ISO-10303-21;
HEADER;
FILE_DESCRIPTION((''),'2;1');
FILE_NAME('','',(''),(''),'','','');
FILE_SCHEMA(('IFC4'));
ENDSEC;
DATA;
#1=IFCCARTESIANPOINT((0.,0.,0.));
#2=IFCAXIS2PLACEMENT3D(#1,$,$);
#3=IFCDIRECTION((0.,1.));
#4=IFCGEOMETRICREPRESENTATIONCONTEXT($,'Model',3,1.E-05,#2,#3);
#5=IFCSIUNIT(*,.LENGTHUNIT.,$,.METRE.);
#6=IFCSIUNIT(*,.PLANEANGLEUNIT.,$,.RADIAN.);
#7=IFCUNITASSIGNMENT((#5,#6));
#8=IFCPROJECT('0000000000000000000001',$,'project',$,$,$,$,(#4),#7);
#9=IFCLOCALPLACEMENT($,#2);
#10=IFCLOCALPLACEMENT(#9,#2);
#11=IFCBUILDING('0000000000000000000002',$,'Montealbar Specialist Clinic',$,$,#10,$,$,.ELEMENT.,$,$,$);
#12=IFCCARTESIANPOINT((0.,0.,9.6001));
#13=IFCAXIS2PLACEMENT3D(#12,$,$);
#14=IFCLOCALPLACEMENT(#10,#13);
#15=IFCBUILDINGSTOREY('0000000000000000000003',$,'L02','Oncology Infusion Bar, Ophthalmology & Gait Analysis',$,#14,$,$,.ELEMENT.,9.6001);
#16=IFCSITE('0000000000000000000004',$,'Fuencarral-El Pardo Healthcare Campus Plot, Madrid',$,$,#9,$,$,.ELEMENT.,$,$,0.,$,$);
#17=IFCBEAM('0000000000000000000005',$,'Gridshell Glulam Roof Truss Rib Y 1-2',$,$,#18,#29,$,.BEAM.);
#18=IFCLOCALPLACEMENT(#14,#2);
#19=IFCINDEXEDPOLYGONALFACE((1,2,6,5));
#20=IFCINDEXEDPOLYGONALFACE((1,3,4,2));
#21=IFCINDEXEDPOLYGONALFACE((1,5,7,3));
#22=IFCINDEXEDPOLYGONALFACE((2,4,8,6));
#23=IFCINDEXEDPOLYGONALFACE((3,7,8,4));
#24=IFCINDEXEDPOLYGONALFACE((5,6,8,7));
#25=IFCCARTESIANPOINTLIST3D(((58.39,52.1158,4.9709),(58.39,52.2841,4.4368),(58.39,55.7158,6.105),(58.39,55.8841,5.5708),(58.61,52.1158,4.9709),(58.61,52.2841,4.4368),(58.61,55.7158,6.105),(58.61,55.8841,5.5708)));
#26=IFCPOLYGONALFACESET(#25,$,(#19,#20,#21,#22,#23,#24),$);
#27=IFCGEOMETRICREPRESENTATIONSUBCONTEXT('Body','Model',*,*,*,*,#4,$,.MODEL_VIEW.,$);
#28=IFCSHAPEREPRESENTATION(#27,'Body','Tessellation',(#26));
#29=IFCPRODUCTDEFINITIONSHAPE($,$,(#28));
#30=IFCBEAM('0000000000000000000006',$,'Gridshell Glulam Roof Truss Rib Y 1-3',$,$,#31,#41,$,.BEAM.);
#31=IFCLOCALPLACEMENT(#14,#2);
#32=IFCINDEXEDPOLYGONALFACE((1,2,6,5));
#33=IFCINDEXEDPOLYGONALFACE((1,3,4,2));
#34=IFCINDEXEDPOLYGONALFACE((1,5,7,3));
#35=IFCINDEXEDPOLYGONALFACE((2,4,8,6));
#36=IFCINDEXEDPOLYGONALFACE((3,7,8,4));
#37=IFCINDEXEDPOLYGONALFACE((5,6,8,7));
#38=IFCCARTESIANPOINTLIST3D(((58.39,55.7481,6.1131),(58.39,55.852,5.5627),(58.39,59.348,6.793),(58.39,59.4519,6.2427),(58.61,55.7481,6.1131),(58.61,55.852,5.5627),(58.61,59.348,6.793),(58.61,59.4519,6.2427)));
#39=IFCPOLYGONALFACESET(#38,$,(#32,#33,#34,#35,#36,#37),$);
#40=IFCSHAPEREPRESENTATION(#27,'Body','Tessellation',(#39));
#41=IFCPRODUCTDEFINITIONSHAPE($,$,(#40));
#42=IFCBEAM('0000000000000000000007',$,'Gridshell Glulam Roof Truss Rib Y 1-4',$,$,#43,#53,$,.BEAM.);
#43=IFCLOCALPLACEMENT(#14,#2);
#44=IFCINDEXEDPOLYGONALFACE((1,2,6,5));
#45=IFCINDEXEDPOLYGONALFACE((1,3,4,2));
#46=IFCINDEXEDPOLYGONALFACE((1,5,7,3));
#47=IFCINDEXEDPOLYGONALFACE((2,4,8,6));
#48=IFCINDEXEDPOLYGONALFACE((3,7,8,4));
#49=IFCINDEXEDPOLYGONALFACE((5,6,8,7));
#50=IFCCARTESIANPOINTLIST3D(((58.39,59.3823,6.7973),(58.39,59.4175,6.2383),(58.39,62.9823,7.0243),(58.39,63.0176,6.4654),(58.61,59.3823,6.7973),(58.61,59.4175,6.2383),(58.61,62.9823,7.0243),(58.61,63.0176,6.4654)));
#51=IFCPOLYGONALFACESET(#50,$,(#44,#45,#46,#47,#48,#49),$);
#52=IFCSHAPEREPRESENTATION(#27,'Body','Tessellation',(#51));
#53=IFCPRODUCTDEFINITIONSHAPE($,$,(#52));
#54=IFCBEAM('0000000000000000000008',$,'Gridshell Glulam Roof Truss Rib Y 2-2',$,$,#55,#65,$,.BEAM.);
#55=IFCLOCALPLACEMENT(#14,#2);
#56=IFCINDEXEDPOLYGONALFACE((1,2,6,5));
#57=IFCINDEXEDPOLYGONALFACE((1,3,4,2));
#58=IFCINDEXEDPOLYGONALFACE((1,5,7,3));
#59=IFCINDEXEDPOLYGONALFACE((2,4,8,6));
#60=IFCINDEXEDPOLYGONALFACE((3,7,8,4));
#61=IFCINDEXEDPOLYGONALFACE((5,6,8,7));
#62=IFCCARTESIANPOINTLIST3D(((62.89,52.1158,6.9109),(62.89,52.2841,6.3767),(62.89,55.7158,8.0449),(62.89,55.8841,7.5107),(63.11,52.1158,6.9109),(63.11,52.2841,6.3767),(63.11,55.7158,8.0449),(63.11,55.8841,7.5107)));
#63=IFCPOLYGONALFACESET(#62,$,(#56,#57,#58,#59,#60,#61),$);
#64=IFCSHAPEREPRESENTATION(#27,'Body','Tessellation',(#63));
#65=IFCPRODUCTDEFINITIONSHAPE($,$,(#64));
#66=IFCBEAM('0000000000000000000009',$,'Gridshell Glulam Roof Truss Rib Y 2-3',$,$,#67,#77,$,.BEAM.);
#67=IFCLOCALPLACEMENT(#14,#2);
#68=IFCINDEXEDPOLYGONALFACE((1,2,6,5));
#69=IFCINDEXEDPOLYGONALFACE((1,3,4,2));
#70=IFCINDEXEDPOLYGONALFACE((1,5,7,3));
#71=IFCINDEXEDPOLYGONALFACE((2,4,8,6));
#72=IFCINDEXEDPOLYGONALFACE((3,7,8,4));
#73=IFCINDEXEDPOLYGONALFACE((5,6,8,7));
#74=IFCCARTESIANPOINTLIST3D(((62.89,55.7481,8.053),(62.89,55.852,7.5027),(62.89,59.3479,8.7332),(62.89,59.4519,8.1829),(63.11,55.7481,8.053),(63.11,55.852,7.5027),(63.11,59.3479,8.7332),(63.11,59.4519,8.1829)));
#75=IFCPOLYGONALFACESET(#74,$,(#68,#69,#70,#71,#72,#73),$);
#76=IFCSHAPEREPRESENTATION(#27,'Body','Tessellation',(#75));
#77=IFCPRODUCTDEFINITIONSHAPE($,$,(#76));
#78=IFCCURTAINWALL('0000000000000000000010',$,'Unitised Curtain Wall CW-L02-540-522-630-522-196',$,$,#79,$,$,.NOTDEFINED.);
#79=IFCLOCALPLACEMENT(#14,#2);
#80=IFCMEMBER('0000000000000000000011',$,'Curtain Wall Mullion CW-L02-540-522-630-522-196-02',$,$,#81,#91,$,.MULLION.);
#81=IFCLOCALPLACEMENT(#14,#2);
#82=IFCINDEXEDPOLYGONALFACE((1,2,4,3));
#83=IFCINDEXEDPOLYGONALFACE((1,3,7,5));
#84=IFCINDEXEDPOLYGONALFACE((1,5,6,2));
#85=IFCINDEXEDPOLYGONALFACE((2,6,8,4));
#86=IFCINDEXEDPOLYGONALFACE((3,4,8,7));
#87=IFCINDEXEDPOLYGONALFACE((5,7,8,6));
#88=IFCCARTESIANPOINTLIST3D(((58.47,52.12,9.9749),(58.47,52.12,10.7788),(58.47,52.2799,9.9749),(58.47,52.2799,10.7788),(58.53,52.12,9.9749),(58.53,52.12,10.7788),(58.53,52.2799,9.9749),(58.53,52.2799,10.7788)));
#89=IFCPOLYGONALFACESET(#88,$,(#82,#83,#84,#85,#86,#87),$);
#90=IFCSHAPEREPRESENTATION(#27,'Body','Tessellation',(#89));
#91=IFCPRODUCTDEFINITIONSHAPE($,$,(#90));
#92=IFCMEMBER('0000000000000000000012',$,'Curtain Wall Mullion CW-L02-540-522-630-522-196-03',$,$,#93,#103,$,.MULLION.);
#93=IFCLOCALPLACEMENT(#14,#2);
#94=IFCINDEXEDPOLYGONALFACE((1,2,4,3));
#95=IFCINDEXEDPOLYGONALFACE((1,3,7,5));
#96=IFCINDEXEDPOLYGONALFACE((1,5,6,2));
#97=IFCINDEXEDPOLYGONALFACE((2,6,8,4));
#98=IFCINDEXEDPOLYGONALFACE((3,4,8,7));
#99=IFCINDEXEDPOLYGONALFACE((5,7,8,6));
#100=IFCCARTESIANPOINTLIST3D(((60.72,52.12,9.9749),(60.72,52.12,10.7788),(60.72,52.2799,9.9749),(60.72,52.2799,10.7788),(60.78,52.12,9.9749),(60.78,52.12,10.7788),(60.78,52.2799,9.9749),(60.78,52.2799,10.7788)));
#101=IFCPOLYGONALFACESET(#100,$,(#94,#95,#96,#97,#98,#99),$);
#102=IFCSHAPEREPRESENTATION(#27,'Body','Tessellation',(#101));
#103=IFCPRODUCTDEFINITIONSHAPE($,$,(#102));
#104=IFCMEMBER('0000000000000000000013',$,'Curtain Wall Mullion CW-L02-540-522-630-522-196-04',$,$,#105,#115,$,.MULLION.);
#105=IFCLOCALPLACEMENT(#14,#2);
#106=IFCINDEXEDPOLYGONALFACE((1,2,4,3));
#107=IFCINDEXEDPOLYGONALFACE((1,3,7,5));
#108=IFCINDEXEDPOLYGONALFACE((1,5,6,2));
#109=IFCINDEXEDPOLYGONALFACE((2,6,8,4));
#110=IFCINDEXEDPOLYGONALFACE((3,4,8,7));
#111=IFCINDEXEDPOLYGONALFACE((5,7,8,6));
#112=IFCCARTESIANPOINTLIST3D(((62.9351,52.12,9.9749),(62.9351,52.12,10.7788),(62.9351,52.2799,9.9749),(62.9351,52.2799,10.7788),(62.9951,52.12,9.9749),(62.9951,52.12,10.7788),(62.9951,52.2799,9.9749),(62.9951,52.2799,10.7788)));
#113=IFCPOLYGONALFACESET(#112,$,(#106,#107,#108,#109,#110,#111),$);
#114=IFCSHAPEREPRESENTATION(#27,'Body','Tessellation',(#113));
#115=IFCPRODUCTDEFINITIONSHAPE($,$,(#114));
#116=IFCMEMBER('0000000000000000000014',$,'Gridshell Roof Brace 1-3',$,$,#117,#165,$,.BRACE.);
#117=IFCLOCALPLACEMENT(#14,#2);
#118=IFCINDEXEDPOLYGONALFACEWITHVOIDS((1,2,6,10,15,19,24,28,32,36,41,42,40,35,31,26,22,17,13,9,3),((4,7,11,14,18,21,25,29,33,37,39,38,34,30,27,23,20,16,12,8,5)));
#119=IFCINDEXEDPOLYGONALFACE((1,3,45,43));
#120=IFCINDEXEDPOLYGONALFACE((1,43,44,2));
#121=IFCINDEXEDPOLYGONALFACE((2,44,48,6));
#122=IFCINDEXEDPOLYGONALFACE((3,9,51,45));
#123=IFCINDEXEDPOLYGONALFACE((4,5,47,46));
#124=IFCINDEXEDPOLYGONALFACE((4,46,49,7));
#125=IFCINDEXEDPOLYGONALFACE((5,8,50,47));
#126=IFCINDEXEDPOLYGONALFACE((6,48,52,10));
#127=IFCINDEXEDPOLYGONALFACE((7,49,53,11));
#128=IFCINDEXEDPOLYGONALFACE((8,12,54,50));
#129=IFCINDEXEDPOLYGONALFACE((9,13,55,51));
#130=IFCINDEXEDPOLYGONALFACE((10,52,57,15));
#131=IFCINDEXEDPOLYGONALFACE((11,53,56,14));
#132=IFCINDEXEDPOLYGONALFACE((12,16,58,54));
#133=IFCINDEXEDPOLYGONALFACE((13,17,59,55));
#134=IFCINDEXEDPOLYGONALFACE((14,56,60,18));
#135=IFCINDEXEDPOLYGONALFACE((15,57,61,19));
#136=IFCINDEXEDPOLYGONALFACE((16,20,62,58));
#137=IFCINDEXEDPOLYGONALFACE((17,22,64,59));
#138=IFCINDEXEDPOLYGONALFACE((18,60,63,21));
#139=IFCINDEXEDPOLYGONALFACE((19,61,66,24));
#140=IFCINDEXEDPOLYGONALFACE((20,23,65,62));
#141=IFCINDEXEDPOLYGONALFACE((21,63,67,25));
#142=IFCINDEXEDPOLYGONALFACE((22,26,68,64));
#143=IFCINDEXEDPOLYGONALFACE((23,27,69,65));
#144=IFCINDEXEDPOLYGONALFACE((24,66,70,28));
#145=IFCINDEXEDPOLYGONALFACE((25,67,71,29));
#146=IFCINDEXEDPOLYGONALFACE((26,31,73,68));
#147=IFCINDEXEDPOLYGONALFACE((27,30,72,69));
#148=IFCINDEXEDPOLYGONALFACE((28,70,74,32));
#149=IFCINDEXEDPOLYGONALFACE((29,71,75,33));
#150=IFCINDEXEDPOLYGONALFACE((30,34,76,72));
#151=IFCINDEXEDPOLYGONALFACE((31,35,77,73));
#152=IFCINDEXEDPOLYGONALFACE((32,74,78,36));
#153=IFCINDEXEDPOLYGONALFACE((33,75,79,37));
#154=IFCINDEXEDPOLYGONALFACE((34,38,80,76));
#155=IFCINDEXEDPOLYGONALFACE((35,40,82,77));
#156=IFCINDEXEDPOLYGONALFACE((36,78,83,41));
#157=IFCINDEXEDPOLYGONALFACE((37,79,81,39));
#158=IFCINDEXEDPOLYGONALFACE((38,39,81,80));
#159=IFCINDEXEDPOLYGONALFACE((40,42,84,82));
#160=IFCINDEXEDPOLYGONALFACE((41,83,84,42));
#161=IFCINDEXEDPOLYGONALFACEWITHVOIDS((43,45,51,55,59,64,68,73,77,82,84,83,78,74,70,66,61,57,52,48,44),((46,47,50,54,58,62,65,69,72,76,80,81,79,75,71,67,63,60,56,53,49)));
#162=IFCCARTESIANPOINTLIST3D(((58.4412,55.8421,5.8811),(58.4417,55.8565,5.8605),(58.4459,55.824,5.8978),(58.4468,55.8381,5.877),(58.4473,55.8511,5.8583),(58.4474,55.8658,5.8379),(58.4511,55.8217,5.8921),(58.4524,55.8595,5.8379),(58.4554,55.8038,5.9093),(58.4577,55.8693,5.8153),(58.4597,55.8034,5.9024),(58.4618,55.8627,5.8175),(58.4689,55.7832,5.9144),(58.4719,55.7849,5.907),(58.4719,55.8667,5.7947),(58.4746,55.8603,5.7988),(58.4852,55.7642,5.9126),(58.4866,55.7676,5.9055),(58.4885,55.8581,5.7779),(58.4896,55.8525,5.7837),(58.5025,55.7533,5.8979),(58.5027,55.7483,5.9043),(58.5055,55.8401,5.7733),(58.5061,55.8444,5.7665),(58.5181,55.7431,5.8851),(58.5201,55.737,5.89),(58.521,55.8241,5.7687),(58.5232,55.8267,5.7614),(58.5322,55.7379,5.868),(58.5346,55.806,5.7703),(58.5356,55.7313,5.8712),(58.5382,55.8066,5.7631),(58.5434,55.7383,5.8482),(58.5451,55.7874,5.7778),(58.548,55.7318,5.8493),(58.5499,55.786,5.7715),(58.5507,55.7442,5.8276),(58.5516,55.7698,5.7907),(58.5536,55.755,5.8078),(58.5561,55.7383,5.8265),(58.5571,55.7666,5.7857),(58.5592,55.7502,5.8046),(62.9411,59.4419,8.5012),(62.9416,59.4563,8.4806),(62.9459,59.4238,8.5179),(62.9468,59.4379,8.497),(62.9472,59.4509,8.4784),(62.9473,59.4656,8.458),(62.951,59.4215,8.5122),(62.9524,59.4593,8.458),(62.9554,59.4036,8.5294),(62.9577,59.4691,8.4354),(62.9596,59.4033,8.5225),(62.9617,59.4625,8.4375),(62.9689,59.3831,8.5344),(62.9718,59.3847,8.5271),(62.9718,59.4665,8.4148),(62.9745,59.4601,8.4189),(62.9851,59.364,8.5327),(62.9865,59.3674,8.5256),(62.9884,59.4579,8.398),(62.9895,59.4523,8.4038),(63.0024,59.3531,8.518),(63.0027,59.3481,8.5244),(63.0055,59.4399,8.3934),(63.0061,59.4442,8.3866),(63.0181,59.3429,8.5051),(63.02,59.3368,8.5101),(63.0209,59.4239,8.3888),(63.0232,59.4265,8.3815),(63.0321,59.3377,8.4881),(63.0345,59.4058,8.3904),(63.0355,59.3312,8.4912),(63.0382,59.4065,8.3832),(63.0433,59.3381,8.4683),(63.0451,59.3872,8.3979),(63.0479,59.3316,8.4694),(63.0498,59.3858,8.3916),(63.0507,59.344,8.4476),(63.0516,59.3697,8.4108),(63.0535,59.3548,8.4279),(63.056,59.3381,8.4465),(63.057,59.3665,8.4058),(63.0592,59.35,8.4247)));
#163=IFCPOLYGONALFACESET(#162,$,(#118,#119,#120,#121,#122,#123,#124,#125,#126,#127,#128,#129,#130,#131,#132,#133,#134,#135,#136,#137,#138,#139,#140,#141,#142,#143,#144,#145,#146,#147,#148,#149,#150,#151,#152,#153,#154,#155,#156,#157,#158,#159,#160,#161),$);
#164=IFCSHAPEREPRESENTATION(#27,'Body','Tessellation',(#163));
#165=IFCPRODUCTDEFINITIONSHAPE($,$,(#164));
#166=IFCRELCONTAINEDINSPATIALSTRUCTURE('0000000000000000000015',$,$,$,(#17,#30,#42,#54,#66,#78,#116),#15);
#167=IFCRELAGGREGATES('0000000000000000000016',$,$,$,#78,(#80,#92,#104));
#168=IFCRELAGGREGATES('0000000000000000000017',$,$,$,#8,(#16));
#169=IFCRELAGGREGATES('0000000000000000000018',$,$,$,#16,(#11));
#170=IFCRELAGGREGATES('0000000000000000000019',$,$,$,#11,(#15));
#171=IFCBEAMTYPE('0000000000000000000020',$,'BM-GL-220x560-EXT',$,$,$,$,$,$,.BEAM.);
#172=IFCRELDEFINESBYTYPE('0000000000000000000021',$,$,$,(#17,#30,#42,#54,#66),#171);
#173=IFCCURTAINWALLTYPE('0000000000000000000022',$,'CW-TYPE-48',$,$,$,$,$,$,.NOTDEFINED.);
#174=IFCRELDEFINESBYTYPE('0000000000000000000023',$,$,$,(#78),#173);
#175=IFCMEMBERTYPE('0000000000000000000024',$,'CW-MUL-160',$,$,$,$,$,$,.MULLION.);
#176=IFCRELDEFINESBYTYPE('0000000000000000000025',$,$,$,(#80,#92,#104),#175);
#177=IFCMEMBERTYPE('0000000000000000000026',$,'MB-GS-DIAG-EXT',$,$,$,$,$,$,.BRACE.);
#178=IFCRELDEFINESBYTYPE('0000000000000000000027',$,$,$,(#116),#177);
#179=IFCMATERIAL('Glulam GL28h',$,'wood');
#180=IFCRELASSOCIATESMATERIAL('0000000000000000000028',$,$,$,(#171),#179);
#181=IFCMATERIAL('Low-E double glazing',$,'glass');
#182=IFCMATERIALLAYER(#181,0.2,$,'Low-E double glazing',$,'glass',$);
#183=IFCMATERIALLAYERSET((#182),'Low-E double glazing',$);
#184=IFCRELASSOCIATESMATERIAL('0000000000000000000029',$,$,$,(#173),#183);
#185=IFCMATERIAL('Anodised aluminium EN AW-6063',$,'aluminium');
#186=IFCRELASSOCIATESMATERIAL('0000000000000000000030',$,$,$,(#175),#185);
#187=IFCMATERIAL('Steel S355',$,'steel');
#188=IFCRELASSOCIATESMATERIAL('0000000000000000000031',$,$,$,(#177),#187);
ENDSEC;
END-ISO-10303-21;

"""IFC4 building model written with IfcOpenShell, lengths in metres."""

from ifc_helpers import new_model, si_unit, direction, frame, origin, origin_2d, place, context, subcontext, project, spatial, rectangle, hollow_circle, extrude, material, layer, layer_set, material_profile, profile_set, type_object, element, aggregate, save


model = new_model("IFC4")

# Units and contexts
model_context = context("Model", 3, precision=1e-05, world=origin(), true_north=direction((0.0, 1.0)))
body_context = subcontext(model_context, "Body", "Model", "MODEL_VIEW")
ifc_project = project(units=[si_unit("LENGTHUNIT", "METRE"), si_unit("PLANEANGLEUNIT", "RADIAN")], contexts=[model_context])

# Site, building, storey
site_placement = place(None, origin())
site = spatial("IfcSite", under=ifc_project, at=site_placement, Name="Fuencarral-El Pardo Healthcare Campus Plot, Madrid", CompositionType="ELEMENT", RefElevation=0.0)
building_placement = place(site_placement, origin())
building = spatial("IfcBuilding", under=site, at=building_placement, Name="Montealbar Specialist Clinic", CompositionType="ELEMENT")
storey_placement = place(building_placement, frame((0.0, 0.0, 9.6001)))
storey = spatial("IfcBuildingStorey", under=building, at=storey_placement, Name="L02", Description="Oncology Infusion Bar, Ophthalmology & Gait Analysis", CompositionType="ELEMENT", Elevation=9.6001)

# Beams
ifc_material_1 = material(Name="Steel S355", Category="steel")
ifc_material_2 = material(Name="Glulam GL28h", Category="wood")
ifc_material_profile_1 = material_profile(ifc_material_2, rectangle(XDim=0.22, YDim=0.5601, at=origin_2d()), Name="GL28h 220x560", Category="wood")
ifc_profile_set_1 = profile_set([ifc_material_profile_1], Name="Glulam GL28h")
beam_type_1 = type_object("IfcBeamType", Name="BM-GL-220x560-EXT", PredefinedType="BEAM", material=ifc_profile_set_1)
beam_1_placement = place(storey_placement, frame((58.5, 52.2, 4.7039), z_axis=(0.0, 0.953798, 0.300447), x_axis=(-1.0, 0.0, 0.0)))
element("IfcBeam", 1, at=beam_1_placement, inside=storey, type_object=beam_type_1, Name="Gridshell Glulam Roof Truss Rib Y 1-2", PredefinedType="BEAM", context=body_context, shape_type="SweptSolid", body=[
    extrude(rectangle(XDim=0.22, YDim=0.5601, at=origin_2d()), origin(), (0.0, 0.0, 1.0), 3.7744),
])
beam_2_placement = place(storey_placement, frame((58.5, 55.8, 5.8379), z_axis=(0.0, 0.982626, 0.185596), x_axis=(-1.0, 0.0, 0.0)))
element("IfcBeam", 2, at=beam_2_placement, inside=storey, type_object=beam_type_1, Name="Gridshell Glulam Roof Truss Rib Y 1-3", PredefinedType="BEAM", context=body_context, shape_type="SweptSolid", body=[
    extrude(rectangle(XDim=0.22, YDim=0.5601, at=origin_2d()), origin(), (0.0, 0.0, 1.0), 3.6636),
])
beam_3_placement = place(storey_placement, frame((58.5, 59.3999, 6.5178), z_axis=(0.0, 0.998017, 0.062943), x_axis=(-1.0, 0.0, 0.0)))
element("IfcBeam", 3, at=beam_3_placement, inside=storey, type_object=beam_type_1, Name="Gridshell Glulam Roof Truss Rib Y 1-4", PredefinedType="BEAM", context=body_context, shape_type="SweptSolid", body=[
    extrude(rectangle(XDim=0.22, YDim=0.5601, at=origin_2d()), origin(), (0.0, 0.0, 1.0), 3.6072),
])
beam_4_placement = place(storey_placement, frame((63.0, 52.2, 6.6438), z_axis=(0.0, 0.953798, 0.300447), x_axis=(-1.0, 0.0, 0.0)))
element("IfcBeam", 4, at=beam_4_placement, inside=storey, type_object=beam_type_1, Name="Gridshell Glulam Roof Truss Rib Y 2-2", PredefinedType="BEAM", context=body_context, shape_type="SweptSolid", body=[
    extrude(rectangle(XDim=0.22, YDim=0.5601, at=origin_2d()), origin(), (0.0, 0.0, 1.0), 3.7744),
])
beam_5_placement = place(storey_placement, frame((63.0, 55.8, 7.7778), z_axis=(0.0, 0.982614, 0.18566), x_axis=(-1.0, 0.0, 0.0)))
element("IfcBeam", 5, at=beam_5_placement, inside=storey, type_object=beam_type_1, Name="Gridshell Glulam Roof Truss Rib Y 2-3", PredefinedType="BEAM", context=body_context, shape_type="SweptSolid", body=[
    extrude(rectangle(XDim=0.22, YDim=0.5601, at=origin_2d()), origin(), (0.0, 0.0, 1.0), 3.6636),
])

# Curtain wall, members
ifc_material_3 = material(Name="Low-E double glazing", Category="glass")
ifc_layer_1 = layer(ifc_material_3, 0.2, Name="Low-E double glazing", Category="glass")
ifc_layer_set_1 = layer_set([ifc_layer_1], Name="Low-E double glazing")
curtain_wall_type = type_object("IfcCurtainWallType", Name="CW-TYPE-48", PredefinedType="NOTDEFINED", material=ifc_layer_set_1)
curtain_wall_placement = place(storey_placement, origin())
curtain_wall = element("IfcCurtainWall", 6, at=curtain_wall_placement, inside=storey, type_object=curtain_wall_type, Name="Unitised Curtain Wall CW-L02-540-522-630-522-196", PredefinedType="NOTDEFINED")
ifc_material_4 = material(Name="Anodised aluminium EN AW-6063", Category="aluminium")
ifc_material_profile_2 = material_profile(ifc_material_4, rectangle(XDim=0.0601, YDim=0.1599, at=origin_2d()), Name="ALU 60x160", Category="aluminium")
ifc_profile_set_2 = profile_set([ifc_material_profile_2], Name="Anodised aluminium EN AW-6063")
member_type_1 = type_object("IfcMemberType", Name="CW-MUL-160", PredefinedType="MULLION", material=ifc_profile_set_2)
member_1_placement = place(storey_placement, frame((58.5, 52.2, 9.9749), z_axis=(0.0, 0.0, 1.0), x_axis=(1.0, 0.0, 0.0)))
member_1 = element("IfcMember", 7, at=member_1_placement, type_object=member_type_1, Name="Curtain Wall Mullion CW-L02-540-522-630-522-196-02", PredefinedType="MULLION", context=body_context, shape_type="SweptSolid", body=[
    extrude(rectangle(XDim=0.0601, YDim=0.1599, at=origin_2d()), origin(), (0.0, 0.0, 1.0), 0.804),
])
member_2_placement = place(storey_placement, frame((60.75, 52.2, 9.9749), z_axis=(0.0, 0.0, 1.0), x_axis=(1.0, 0.0, 0.0)))
member_2 = element("IfcMember", 8, at=member_2_placement, type_object=member_type_1, Name="Curtain Wall Mullion CW-L02-540-522-630-522-196-03", PredefinedType="MULLION", context=body_context, shape_type="SweptSolid", body=[
    extrude(rectangle(XDim=0.0601, YDim=0.1599, at=origin_2d()), origin(), (0.0, 0.0, 1.0), 0.804),
])
member_3_placement = place(storey_placement, frame((62.9651, 52.2, 9.9749), z_axis=(0.0, 0.0, 1.0), x_axis=(1.0, 0.0, 0.0)))
member_3 = element("IfcMember", 9, at=member_3_placement, type_object=member_type_1, Name="Curtain Wall Mullion CW-L02-540-522-630-522-196-04", PredefinedType="MULLION", context=body_context, shape_type="SweptSolid", body=[
    extrude(rectangle(XDim=0.0601, YDim=0.1599, at=origin_2d()), origin(), (0.0, 0.0, 1.0), 0.804),
])

# Member
ifc_material_profile_3 = material_profile(ifc_material_1, hollow_circle(Radius=0.0842, WallThickness=0.0081, at=origin_2d()), Name="CHS 168.3x8.0", Category="steel")
ifc_profile_set_3 = profile_set([ifc_material_profile_3], Name="Steel S355")
member_type_2 = type_object("IfcMemberType", Name="MB-GS-DIAG-EXT", PredefinedType="BRACE", material=ifc_profile_set_3)
member_4_placement = place(storey_placement, frame((58.5, 55.8, 5.8379), z_axis=(0.710856, 0.568661, 0.413894), x_axis=(-0.62468, 0.780881, 0.0)))
element("IfcMember", 10, at=member_4_placement, inside=storey, type_object=member_type_2, Name="Gridshell Roof Brace 1-3", PredefinedType="BRACE", context=body_context, shape_type="SweptSolid", body=[
    extrude(hollow_circle(Radius=0.0842, WallThickness=0.0081, at=origin_2d()), origin(), (0.0, 0.0, 1.0), 6.3303),
])

aggregate(curtain_wall, [member_1, member_2, member_3])

save(model, "model.ifc")
